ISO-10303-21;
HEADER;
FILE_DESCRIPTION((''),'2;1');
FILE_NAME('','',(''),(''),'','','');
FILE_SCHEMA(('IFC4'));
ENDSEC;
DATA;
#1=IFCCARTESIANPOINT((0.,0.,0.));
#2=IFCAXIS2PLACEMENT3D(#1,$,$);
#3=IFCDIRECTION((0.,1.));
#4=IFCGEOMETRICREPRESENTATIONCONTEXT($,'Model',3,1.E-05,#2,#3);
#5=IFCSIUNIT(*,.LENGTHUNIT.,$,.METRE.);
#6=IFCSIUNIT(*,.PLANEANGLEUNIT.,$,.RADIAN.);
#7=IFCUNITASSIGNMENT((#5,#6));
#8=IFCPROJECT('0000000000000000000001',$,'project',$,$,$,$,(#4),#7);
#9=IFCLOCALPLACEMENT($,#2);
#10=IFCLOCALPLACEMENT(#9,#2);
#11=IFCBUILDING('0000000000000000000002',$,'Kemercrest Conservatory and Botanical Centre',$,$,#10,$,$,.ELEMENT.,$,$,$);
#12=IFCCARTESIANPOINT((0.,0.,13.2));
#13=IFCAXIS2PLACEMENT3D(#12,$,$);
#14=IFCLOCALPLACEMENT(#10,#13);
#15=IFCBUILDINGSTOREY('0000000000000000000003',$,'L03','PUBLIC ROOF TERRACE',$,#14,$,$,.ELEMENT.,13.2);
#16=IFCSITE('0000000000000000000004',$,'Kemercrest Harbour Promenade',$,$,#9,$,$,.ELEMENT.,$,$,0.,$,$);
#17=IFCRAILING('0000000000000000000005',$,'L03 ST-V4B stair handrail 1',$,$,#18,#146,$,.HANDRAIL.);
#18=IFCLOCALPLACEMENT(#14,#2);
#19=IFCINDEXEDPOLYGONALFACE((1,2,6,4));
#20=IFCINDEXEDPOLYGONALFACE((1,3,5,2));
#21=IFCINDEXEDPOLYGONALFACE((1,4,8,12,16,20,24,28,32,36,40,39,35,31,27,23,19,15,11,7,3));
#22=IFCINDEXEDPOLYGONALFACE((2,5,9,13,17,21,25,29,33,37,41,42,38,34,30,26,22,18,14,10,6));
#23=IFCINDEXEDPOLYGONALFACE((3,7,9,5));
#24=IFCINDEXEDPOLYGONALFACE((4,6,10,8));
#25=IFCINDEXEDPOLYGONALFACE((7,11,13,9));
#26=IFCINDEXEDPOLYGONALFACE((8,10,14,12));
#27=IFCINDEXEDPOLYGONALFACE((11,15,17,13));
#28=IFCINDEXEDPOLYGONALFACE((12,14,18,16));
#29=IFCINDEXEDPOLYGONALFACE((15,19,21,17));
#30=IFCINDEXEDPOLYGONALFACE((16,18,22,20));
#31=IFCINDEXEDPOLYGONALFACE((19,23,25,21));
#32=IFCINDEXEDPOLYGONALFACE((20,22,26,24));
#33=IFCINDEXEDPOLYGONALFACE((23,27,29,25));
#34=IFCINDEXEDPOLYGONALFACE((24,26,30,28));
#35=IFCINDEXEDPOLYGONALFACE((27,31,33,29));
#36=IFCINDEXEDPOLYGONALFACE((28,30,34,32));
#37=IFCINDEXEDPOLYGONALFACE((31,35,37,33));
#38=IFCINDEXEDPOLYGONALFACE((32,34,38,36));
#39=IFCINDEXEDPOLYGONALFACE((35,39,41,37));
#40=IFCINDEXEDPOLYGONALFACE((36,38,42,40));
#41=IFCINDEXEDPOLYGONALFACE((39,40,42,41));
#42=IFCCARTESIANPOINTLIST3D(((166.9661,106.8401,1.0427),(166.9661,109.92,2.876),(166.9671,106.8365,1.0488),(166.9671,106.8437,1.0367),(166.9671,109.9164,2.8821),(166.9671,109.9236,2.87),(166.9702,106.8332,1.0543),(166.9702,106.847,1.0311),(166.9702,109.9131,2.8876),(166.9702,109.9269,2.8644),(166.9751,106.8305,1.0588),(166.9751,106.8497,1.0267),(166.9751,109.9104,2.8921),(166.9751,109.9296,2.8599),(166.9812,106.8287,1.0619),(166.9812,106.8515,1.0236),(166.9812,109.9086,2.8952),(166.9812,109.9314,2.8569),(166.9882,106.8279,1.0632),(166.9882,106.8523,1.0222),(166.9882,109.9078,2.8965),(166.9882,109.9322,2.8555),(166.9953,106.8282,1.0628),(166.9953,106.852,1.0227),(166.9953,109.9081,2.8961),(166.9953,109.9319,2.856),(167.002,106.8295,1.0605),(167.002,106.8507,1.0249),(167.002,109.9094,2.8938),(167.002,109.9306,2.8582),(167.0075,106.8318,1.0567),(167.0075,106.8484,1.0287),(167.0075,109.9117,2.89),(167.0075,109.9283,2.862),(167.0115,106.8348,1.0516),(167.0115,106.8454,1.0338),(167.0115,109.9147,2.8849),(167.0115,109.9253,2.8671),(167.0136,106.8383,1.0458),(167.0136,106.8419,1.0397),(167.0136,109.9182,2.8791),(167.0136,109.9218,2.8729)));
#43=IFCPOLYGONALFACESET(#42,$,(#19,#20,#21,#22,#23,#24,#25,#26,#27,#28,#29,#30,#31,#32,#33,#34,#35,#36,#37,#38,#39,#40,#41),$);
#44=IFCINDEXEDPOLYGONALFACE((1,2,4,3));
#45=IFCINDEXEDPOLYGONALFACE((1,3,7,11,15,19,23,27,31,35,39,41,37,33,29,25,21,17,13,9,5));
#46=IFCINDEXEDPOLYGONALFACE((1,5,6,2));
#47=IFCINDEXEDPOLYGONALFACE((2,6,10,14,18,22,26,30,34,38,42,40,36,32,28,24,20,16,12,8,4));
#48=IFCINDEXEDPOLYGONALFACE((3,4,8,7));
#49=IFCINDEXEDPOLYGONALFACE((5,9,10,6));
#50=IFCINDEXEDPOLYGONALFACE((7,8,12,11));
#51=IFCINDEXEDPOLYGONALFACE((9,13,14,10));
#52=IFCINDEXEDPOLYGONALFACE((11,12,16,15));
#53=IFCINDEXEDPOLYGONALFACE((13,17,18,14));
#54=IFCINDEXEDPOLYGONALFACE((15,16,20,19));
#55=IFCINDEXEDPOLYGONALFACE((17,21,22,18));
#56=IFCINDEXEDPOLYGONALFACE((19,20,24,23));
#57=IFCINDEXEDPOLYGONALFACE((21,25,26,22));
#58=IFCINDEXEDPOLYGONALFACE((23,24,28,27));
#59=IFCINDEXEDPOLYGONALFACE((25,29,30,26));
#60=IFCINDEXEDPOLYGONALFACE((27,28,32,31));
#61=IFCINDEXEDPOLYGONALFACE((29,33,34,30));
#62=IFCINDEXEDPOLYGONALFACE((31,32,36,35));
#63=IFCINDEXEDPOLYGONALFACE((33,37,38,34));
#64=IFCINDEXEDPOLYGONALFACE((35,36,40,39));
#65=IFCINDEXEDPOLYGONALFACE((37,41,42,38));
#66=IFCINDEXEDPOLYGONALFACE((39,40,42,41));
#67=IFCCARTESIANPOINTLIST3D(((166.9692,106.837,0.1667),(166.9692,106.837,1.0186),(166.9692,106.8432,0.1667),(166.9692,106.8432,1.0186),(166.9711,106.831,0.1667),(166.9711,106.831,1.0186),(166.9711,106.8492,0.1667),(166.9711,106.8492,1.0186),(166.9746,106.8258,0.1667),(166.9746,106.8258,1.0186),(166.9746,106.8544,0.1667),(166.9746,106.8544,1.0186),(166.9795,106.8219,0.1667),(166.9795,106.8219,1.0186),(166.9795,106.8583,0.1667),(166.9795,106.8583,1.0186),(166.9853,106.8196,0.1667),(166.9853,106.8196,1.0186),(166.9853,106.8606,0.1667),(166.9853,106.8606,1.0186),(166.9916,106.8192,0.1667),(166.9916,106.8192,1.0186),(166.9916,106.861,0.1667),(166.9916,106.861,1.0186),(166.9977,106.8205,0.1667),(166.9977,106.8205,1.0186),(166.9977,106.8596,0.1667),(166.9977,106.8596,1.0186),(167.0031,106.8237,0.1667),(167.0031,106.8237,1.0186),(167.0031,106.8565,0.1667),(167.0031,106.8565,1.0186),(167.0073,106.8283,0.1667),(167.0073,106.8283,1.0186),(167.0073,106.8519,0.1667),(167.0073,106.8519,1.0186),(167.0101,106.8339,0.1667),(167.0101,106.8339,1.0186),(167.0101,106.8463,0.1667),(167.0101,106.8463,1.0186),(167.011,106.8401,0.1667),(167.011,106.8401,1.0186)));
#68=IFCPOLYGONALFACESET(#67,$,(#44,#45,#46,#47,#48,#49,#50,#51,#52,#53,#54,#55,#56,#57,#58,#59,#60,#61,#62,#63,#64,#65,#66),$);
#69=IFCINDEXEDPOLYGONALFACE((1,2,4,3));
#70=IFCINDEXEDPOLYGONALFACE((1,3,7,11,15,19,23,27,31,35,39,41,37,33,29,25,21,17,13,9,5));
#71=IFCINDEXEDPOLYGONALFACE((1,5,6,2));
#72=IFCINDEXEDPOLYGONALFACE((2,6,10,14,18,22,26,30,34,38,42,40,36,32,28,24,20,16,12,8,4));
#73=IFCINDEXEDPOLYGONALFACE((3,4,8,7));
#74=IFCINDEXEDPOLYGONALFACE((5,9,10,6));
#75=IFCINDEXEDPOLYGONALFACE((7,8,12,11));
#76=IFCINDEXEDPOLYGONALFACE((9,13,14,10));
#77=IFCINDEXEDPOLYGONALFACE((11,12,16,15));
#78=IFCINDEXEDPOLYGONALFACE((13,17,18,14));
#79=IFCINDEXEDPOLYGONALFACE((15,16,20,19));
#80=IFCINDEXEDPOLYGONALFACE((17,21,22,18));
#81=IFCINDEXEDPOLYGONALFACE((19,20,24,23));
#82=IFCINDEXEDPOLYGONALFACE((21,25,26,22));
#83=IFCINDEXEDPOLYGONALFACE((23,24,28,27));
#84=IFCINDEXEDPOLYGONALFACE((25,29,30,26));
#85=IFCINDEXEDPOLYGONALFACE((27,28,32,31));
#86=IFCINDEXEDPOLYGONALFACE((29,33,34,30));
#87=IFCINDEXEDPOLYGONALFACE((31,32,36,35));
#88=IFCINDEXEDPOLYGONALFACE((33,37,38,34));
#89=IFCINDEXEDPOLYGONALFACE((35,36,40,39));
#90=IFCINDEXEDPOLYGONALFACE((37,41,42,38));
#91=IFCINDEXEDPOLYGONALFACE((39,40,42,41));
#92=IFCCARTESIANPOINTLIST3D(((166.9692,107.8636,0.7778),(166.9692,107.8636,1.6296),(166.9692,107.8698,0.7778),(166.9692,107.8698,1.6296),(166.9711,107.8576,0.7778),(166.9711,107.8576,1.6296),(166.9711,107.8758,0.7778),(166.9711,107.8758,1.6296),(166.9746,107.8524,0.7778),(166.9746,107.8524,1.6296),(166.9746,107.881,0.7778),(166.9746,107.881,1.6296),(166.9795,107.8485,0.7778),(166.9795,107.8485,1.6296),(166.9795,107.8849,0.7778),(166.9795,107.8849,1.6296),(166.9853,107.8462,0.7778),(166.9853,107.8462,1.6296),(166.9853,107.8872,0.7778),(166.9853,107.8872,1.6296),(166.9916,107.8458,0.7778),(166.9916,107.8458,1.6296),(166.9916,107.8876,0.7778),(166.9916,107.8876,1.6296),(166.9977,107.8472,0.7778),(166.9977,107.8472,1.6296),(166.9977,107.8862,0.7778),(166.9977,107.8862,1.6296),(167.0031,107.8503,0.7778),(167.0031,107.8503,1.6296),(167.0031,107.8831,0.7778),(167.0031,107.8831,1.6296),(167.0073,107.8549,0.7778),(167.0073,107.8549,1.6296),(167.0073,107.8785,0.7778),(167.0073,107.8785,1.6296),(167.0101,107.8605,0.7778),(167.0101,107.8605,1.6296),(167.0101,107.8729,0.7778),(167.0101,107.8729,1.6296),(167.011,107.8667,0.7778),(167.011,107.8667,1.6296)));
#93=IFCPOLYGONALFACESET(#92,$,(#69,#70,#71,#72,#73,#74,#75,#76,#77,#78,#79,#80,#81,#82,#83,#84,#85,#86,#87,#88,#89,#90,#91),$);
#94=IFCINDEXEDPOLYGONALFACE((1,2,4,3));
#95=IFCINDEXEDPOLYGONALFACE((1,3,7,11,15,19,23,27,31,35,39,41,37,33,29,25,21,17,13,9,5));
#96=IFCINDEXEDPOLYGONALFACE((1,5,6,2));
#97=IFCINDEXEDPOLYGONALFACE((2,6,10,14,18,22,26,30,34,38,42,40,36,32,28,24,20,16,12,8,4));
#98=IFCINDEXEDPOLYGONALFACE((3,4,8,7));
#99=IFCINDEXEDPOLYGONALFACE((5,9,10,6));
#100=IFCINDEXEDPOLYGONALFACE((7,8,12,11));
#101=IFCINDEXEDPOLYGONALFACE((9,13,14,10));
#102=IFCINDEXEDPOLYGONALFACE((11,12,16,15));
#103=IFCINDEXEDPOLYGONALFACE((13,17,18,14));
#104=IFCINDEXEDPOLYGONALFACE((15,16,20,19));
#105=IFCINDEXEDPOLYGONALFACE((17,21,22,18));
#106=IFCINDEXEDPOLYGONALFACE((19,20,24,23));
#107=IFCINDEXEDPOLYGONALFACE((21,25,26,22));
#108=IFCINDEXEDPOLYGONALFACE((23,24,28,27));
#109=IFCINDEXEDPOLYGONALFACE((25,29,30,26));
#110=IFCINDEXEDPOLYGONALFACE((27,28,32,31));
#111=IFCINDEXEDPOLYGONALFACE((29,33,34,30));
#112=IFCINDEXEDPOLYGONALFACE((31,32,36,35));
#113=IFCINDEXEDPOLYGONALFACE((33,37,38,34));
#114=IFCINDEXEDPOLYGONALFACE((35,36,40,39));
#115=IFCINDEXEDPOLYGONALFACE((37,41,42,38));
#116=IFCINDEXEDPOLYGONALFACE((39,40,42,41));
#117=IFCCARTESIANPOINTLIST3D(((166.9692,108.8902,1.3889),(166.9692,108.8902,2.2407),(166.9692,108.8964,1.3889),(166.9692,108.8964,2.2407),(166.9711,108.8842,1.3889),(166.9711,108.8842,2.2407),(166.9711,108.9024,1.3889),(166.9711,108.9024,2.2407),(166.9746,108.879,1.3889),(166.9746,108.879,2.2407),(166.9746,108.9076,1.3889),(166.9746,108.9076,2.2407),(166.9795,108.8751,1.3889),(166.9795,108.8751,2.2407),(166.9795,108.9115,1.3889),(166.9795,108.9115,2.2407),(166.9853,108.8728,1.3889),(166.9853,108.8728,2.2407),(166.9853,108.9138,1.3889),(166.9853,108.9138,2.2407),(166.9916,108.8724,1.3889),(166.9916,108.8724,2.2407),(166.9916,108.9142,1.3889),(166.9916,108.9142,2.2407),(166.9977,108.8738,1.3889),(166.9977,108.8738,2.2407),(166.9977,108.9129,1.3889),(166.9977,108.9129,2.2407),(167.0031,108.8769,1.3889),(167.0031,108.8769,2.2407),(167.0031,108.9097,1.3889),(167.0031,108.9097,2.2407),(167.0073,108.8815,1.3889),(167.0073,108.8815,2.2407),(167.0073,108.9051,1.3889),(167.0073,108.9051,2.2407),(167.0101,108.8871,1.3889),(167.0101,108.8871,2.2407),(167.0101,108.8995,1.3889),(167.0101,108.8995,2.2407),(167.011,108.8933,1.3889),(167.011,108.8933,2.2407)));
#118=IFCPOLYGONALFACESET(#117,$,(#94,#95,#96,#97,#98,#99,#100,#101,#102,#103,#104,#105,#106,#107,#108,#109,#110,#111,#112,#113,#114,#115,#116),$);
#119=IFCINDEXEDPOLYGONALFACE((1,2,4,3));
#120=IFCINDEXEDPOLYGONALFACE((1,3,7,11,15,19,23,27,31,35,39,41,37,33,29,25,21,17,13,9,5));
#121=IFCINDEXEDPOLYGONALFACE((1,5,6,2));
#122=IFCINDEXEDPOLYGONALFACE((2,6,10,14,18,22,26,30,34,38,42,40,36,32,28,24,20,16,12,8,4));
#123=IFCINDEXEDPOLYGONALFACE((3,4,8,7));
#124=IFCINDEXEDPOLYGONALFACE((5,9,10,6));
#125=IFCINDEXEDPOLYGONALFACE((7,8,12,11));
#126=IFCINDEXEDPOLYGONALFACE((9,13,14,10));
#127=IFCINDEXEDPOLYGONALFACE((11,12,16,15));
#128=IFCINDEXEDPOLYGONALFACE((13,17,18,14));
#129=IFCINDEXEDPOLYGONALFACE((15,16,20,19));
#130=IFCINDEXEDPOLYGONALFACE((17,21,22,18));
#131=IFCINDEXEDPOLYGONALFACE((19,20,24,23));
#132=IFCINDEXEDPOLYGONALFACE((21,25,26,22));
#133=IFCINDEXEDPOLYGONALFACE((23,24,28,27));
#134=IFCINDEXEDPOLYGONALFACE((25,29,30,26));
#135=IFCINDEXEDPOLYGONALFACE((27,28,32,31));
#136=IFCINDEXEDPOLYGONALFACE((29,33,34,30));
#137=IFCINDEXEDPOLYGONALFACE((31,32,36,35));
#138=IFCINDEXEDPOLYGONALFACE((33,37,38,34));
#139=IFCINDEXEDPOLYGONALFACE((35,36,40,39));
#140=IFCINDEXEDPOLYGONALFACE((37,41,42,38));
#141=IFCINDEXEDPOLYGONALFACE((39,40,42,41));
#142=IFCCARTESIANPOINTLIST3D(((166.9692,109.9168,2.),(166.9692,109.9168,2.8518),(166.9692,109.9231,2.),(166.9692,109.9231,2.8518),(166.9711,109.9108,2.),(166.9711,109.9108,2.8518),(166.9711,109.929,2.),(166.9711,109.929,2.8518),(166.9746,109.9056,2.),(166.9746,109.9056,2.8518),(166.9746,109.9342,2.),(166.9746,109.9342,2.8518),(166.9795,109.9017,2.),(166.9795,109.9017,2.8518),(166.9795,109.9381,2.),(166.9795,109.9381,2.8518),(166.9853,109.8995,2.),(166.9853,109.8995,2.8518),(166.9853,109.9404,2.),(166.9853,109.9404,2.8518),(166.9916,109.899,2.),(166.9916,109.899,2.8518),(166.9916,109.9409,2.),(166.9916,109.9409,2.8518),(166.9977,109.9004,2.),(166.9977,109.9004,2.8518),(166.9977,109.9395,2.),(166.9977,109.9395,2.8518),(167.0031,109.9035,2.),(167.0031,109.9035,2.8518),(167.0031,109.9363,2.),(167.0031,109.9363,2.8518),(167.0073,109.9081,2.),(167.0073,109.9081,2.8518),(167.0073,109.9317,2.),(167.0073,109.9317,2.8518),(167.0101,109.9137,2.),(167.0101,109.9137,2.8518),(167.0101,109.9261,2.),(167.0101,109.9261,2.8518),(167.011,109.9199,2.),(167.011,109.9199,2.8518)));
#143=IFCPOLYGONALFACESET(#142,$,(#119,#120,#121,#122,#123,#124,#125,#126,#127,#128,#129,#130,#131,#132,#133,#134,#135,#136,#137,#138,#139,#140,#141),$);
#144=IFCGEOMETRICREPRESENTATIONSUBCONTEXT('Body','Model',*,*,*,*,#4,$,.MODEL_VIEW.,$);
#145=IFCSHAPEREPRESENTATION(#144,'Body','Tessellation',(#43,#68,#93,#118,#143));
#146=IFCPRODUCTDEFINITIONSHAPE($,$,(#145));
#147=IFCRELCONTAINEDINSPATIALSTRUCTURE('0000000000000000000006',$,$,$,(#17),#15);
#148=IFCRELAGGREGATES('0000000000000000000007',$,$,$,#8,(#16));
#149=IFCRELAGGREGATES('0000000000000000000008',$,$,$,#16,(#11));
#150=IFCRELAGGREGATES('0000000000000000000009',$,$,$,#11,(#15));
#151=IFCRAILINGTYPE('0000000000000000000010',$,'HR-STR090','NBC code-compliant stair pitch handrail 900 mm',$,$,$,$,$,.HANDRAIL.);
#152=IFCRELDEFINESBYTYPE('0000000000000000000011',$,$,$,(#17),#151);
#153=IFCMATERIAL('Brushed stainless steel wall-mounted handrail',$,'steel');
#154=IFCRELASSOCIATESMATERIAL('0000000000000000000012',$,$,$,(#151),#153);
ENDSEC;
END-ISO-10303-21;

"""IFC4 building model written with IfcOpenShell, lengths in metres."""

from ifc_helpers import new_model, si_unit, direction, frame, origin, origin_2d, place, context, subcontext, project, spatial, circle, extrude, material, type_object, element, save


model = new_model("IFC4")

# Units and contexts
model_context = context("Model", 3, precision=1e-05, world=origin(), true_north=direction((0.0, 1.0)))
body_context = subcontext(model_context, "Body", "Model", "MODEL_VIEW")
ifc_project = project(units=[si_unit("LENGTHUNIT", "METRE"), si_unit("PLANEANGLEUNIT", "RADIAN")], contexts=[model_context])

# Site, building, storey
site_placement = place(None, origin())
site = spatial("IfcSite", under=ifc_project, at=site_placement, Name="Kemercrest Harbour Promenade", CompositionType="ELEMENT", RefElevation=0.0)
building_placement = place(site_placement, origin())
building = spatial("IfcBuilding", under=site, at=building_placement, Name="Kemercrest Conservatory and Botanical Centre", CompositionType="ELEMENT")
storey_placement = place(building_placement, frame((0.0, 0.0, 13.2)))
storey = spatial("IfcBuildingStorey", under=building, at=storey_placement, Name="L03", Description="PUBLIC ROOF TERRACE", CompositionType="ELEMENT", Elevation=13.2)

# Railing
ifc_material_1 = material(Name="Brushed stainless steel wall-mounted handrail", Category="steel")
railing_type_1 = type_object("IfcRailingType", Name="HR-STR090", Description="NBC code-compliant stair pitch handrail 900 mm", PredefinedType="HANDRAIL", material=ifc_material_1)
railing_1_placement = place(storey_placement, frame((166.99, 106.8401, 0.1667)))
element("IfcRailing", 1, at=railing_1_placement, inside=storey, type_object=railing_type_1, Name="L03 ST-V4B stair handrail 1", PredefinedType="HANDRAIL", context=body_context, shape_type="SweptSolid", body=[
    extrude(circle(Radius=0.0239, at=origin_2d()), frame((0.0, 0.0, 0.876), z_axis=(0.0, 0.859291, 0.511487), x_axis=(-1.0, 0.0, 0.0)), (0.0, 0.0, 1.0), 3.5842),
    extrude(circle(Radius=0.021, at=origin_2d()), origin(), (0.0, 0.0, 1.0), 0.8518),
    extrude(circle(Radius=0.021, at=origin_2d()), frame((0.0, 1.0266, 0.6111)), (0.0, 0.0, 1.0), 0.8518),
    extrude(circle(Radius=0.021, at=origin_2d()), frame((0.0, 2.0532, 1.2222)), (0.0, 0.0, 1.0), 0.8518),
    extrude(circle(Radius=0.021, at=origin_2d()), frame((0.0, 3.0798, 1.8333)), (0.0, 0.0, 1.0), 0.8518),
])

save(model, "model.ifc")
